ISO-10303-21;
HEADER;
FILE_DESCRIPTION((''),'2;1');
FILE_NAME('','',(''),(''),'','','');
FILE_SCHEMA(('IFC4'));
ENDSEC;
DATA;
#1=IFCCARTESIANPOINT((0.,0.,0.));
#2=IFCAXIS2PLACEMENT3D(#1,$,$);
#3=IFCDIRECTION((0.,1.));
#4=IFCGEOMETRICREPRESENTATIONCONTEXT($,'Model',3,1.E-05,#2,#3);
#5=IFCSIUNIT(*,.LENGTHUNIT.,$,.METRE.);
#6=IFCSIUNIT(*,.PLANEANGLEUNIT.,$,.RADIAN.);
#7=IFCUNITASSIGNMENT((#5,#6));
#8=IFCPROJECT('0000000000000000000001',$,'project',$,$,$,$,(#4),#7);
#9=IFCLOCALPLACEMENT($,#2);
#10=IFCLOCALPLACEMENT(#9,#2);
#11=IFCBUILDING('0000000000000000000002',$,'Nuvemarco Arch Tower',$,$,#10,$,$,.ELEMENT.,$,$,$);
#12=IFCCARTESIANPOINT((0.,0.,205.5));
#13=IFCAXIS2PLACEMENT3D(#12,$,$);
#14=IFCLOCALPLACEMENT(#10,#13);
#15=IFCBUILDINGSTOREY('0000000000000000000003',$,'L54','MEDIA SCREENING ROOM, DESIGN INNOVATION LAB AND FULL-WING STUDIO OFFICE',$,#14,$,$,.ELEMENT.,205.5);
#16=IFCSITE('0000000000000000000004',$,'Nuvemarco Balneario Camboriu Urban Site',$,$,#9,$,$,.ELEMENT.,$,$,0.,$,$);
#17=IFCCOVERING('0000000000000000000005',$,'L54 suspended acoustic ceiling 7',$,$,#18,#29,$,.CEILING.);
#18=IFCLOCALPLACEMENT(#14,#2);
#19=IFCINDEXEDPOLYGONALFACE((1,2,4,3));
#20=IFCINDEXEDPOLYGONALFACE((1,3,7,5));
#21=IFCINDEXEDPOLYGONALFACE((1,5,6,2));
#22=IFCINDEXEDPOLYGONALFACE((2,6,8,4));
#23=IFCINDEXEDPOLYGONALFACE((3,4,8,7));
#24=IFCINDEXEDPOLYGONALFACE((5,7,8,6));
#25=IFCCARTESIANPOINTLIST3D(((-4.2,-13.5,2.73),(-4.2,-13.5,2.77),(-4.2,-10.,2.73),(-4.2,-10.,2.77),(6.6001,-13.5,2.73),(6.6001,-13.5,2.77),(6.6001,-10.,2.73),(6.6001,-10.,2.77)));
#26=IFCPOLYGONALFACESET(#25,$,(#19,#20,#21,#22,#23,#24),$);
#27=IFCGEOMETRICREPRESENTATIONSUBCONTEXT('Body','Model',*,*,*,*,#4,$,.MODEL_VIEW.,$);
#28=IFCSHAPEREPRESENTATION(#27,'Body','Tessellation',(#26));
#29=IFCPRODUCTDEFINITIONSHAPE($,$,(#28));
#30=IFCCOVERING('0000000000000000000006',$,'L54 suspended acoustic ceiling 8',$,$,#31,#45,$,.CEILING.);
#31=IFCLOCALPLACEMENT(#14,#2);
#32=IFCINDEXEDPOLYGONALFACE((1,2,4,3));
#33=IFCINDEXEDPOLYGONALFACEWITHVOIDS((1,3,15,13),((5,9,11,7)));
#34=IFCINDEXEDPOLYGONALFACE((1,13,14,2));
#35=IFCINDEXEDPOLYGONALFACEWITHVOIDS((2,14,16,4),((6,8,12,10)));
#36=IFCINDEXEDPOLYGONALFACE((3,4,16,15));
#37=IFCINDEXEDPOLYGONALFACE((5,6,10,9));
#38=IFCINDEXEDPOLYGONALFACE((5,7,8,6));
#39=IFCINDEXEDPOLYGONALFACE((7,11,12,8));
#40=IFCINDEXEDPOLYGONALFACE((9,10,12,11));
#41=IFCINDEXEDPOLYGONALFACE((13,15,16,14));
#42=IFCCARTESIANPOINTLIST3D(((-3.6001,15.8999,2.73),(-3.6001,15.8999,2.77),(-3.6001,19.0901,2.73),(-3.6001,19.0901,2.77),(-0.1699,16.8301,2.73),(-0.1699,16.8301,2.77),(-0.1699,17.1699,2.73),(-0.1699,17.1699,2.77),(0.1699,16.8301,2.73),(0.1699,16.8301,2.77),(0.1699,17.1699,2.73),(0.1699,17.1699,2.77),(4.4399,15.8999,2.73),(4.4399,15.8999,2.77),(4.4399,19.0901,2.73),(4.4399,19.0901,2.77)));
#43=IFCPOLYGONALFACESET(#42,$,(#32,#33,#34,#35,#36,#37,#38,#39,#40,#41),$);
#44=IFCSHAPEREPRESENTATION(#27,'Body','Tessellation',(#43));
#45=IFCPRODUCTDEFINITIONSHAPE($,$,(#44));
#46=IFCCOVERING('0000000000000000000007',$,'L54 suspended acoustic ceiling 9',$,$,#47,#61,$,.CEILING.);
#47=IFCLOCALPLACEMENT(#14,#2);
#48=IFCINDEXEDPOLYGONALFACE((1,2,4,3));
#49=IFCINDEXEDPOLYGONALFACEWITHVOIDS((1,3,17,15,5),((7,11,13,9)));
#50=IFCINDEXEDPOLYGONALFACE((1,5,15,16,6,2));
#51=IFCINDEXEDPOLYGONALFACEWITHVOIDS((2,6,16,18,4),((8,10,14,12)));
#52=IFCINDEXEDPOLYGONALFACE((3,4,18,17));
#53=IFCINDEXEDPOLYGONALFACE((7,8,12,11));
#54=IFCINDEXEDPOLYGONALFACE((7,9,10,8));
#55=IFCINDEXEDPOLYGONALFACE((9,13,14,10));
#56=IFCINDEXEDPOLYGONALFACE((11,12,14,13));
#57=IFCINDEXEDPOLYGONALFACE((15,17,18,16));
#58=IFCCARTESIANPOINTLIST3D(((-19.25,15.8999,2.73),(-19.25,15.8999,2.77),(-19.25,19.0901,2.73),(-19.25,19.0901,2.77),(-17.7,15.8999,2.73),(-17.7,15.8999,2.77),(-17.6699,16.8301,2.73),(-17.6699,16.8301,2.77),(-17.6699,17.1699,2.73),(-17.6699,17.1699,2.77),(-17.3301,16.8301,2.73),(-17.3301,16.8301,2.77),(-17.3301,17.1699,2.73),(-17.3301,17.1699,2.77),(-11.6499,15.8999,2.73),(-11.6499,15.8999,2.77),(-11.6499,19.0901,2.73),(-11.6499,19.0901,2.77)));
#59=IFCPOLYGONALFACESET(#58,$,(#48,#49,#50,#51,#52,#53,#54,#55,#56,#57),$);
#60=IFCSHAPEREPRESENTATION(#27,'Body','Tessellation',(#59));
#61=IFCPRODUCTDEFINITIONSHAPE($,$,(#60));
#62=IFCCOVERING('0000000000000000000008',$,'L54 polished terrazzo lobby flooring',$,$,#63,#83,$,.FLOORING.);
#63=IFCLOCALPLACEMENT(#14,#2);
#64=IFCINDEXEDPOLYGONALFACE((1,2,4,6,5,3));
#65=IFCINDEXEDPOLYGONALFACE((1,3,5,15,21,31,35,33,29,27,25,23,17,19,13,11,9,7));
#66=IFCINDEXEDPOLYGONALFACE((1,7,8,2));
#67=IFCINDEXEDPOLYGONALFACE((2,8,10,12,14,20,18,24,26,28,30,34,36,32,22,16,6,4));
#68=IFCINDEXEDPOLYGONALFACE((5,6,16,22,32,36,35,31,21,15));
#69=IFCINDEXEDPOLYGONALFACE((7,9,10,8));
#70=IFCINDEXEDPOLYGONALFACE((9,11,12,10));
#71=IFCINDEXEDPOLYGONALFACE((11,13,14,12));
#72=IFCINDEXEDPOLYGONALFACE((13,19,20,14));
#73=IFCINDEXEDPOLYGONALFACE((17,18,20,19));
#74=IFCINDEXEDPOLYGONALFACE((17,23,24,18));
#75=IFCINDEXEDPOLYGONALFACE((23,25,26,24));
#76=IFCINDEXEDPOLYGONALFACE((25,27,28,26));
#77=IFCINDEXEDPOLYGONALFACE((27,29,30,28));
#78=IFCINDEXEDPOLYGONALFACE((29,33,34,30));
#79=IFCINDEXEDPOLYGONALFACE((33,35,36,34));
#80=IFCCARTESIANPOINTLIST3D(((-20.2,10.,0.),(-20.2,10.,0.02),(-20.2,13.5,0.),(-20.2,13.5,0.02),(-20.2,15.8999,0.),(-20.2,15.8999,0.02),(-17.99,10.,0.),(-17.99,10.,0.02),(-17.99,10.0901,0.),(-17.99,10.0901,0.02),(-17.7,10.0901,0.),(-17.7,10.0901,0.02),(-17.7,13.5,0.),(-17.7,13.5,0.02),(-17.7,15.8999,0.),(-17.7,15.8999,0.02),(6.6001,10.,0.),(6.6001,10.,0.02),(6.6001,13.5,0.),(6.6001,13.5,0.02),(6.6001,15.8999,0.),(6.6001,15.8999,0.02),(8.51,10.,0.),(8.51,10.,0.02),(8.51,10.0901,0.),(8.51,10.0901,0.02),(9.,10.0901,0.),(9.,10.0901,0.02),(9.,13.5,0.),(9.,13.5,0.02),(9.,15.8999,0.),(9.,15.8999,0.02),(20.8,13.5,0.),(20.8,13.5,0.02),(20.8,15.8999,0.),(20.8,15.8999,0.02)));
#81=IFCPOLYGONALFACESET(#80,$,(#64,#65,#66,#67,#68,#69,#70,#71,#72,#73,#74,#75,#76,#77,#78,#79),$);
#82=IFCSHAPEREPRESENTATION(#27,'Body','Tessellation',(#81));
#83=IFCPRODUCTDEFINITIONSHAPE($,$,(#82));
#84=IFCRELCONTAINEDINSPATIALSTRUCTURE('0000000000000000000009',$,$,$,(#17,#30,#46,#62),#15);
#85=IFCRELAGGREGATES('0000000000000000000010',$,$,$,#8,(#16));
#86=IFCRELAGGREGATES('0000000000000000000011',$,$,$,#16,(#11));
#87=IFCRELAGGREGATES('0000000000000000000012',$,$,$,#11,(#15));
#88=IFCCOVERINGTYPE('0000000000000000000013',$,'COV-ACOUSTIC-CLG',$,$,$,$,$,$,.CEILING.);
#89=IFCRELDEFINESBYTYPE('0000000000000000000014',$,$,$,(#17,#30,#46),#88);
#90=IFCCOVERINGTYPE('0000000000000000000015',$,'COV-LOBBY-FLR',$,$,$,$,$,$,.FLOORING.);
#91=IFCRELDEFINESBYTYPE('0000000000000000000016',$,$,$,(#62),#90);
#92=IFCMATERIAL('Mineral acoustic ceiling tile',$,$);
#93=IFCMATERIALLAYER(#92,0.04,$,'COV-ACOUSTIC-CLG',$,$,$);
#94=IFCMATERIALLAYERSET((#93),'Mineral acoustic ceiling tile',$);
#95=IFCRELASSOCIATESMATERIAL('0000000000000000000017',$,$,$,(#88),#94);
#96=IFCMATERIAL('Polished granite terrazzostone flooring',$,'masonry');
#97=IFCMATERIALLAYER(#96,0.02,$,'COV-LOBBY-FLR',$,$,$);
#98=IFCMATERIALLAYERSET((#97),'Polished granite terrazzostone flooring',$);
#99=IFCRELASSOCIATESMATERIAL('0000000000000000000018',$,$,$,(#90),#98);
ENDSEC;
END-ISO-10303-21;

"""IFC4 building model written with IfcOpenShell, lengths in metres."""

from ifc_helpers import new_model, si_unit, direction, frame, origin, place, context, subcontext, project, spatial, polyline, outline, extrude, material, layer, layer_set, type_object, element, save


model = new_model("IFC4")

# Units and contexts
model_context = context("Model", 3, precision=1e-05, world=origin(), true_north=direction((0.0, 1.0)))
body_context = subcontext(model_context, "Body", "Model", "MODEL_VIEW")
ifc_project = project(units=[si_unit("LENGTHUNIT", "METRE"), si_unit("PLANEANGLEUNIT", "RADIAN")], contexts=[model_context])

# Site, building, storey
site_placement = place(None, origin())
site = spatial("IfcSite", under=ifc_project, at=site_placement, Name="Nuvemarco Balneario Camboriu Urban Site", CompositionType="ELEMENT", RefElevation=0.0)
building_placement = place(site_placement, origin())
building = spatial("IfcBuilding", under=site, at=building_placement, Name="Nuvemarco Arch Tower", CompositionType="ELEMENT")
storey_placement = place(building_placement, frame((0.0, 0.0, 205.5)))
storey = spatial("IfcBuildingStorey", under=building, at=storey_placement, Name="L54", Description="MEDIA SCREENING ROOM, DESIGN INNOVATION LAB AND FULL-WING STUDIO OFFICE", CompositionType="ELEMENT", Elevation=205.5)

# Coverings
ifc_material_1 = material(Name="Mineral acoustic ceiling tile")
ifc_layer_1 = layer(ifc_material_1, 0.04, Name="COV-ACOUSTIC-CLG")
ifc_layer_set_1 = layer_set([ifc_layer_1], Name="Mineral acoustic ceiling tile")
covering_type_1 = type_object("IfcCoveringType", Name="COV-ACOUSTIC-CLG", PredefinedType="CEILING", material=ifc_layer_set_1)
covering_1_placement = place(storey_placement, frame((0.0, 0.0, 2.73)))
element("IfcCovering", 1, at=covering_1_placement, inside=storey, type_object=covering_type_1, Name="L54 suspended acoustic ceiling 7", PredefinedType="CEILING", context=body_context, shape_type="SweptSolid", body=[
    extrude(outline(polyline([(6.6001, -13.5), (-4.2, -13.5), (-4.2, -10.0), (6.6001, -10.0), (6.6001, -13.5)])), origin(), (0.0, 0.0, 1.0), 0.04),
])
covering_2_placement = place(storey_placement, frame((0.0, 0.0, 2.73)))
element("IfcCovering", 2, at=covering_2_placement, inside=storey, type_object=covering_type_1, Name="L54 suspended acoustic ceiling 8", PredefinedType="CEILING", context=body_context, shape_type="SweptSolid", body=[
    extrude(outline(polyline([(-3.6001, 15.8999), (-3.6001, 19.0901), (4.4399, 19.0901), (4.4399, 15.8999), (-3.6001, 15.8999)]), holes=[polyline([(0.1699, 16.8301), (0.1699, 17.1699), (-0.1699, 17.1699), (-0.1699, 16.8301), (0.1699, 16.8301)])]), origin(), (0.0, 0.0, 1.0), 0.04),
])
covering_3_placement = place(storey_placement, frame((0.0, 0.0, 2.73)))
element("IfcCovering", 3, at=covering_3_placement, inside=storey, type_object=covering_type_1, Name="L54 suspended acoustic ceiling 9", PredefinedType="CEILING", context=body_context, shape_type="SweptSolid", body=[
    extrude(outline(polyline([(-11.6499, 15.8999), (-17.7, 15.8999), (-19.25, 15.8999), (-19.25, 19.0901), (-11.6499, 19.0901), (-11.6499, 15.8999)]), holes=[polyline([(-17.3301, 16.8301), (-17.3301, 17.1699), (-17.6699, 17.1699), (-17.6699, 16.8301), (-17.3301, 16.8301)])]), origin(), (0.0, 0.0, 1.0), 0.04),
])
ifc_material_2 = material(Name="Polished granite terrazzostone flooring", Category="masonry")
ifc_layer_2 = layer(ifc_material_2, 0.02, Name="COV-LOBBY-FLR")
ifc_layer_set_2 = layer_set([ifc_layer_2], Name="Polished granite terrazzostone flooring")
covering_type_2 = type_object("IfcCoveringType", Name="COV-LOBBY-FLR", PredefinedType="FLOORING", material=ifc_layer_set_2)
covering_4_placement = place(storey_placement, origin())
element("IfcCovering", 4, at=covering_4_placement, inside=storey, type_object=covering_type_2, Name="L54 polished terrazzo lobby flooring", PredefinedType="FLOORING", context=body_context, shape_type="SweptSolid", body=[
    extrude(outline(polyline([(-20.2, 13.5), (-20.2, 15.8999), (-17.7, 15.8999), (6.6001, 15.8999), (9.0, 15.8999), (20.8, 15.8999), (20.8, 13.5), (9.0, 13.5), (9.0, 10.0901), (8.51, 10.0901), (8.51, 10.0), (6.6001, 10.0), (6.6001, 13.5), (-17.7, 13.5), (-17.7, 10.0901), (-17.99, 10.0901), (-17.99, 10.0), (-20.2, 10.0), (-20.2, 13.5)])), origin(), (0.0, 0.0, 1.0), 0.02),
])

save(model, "model.ifc")
